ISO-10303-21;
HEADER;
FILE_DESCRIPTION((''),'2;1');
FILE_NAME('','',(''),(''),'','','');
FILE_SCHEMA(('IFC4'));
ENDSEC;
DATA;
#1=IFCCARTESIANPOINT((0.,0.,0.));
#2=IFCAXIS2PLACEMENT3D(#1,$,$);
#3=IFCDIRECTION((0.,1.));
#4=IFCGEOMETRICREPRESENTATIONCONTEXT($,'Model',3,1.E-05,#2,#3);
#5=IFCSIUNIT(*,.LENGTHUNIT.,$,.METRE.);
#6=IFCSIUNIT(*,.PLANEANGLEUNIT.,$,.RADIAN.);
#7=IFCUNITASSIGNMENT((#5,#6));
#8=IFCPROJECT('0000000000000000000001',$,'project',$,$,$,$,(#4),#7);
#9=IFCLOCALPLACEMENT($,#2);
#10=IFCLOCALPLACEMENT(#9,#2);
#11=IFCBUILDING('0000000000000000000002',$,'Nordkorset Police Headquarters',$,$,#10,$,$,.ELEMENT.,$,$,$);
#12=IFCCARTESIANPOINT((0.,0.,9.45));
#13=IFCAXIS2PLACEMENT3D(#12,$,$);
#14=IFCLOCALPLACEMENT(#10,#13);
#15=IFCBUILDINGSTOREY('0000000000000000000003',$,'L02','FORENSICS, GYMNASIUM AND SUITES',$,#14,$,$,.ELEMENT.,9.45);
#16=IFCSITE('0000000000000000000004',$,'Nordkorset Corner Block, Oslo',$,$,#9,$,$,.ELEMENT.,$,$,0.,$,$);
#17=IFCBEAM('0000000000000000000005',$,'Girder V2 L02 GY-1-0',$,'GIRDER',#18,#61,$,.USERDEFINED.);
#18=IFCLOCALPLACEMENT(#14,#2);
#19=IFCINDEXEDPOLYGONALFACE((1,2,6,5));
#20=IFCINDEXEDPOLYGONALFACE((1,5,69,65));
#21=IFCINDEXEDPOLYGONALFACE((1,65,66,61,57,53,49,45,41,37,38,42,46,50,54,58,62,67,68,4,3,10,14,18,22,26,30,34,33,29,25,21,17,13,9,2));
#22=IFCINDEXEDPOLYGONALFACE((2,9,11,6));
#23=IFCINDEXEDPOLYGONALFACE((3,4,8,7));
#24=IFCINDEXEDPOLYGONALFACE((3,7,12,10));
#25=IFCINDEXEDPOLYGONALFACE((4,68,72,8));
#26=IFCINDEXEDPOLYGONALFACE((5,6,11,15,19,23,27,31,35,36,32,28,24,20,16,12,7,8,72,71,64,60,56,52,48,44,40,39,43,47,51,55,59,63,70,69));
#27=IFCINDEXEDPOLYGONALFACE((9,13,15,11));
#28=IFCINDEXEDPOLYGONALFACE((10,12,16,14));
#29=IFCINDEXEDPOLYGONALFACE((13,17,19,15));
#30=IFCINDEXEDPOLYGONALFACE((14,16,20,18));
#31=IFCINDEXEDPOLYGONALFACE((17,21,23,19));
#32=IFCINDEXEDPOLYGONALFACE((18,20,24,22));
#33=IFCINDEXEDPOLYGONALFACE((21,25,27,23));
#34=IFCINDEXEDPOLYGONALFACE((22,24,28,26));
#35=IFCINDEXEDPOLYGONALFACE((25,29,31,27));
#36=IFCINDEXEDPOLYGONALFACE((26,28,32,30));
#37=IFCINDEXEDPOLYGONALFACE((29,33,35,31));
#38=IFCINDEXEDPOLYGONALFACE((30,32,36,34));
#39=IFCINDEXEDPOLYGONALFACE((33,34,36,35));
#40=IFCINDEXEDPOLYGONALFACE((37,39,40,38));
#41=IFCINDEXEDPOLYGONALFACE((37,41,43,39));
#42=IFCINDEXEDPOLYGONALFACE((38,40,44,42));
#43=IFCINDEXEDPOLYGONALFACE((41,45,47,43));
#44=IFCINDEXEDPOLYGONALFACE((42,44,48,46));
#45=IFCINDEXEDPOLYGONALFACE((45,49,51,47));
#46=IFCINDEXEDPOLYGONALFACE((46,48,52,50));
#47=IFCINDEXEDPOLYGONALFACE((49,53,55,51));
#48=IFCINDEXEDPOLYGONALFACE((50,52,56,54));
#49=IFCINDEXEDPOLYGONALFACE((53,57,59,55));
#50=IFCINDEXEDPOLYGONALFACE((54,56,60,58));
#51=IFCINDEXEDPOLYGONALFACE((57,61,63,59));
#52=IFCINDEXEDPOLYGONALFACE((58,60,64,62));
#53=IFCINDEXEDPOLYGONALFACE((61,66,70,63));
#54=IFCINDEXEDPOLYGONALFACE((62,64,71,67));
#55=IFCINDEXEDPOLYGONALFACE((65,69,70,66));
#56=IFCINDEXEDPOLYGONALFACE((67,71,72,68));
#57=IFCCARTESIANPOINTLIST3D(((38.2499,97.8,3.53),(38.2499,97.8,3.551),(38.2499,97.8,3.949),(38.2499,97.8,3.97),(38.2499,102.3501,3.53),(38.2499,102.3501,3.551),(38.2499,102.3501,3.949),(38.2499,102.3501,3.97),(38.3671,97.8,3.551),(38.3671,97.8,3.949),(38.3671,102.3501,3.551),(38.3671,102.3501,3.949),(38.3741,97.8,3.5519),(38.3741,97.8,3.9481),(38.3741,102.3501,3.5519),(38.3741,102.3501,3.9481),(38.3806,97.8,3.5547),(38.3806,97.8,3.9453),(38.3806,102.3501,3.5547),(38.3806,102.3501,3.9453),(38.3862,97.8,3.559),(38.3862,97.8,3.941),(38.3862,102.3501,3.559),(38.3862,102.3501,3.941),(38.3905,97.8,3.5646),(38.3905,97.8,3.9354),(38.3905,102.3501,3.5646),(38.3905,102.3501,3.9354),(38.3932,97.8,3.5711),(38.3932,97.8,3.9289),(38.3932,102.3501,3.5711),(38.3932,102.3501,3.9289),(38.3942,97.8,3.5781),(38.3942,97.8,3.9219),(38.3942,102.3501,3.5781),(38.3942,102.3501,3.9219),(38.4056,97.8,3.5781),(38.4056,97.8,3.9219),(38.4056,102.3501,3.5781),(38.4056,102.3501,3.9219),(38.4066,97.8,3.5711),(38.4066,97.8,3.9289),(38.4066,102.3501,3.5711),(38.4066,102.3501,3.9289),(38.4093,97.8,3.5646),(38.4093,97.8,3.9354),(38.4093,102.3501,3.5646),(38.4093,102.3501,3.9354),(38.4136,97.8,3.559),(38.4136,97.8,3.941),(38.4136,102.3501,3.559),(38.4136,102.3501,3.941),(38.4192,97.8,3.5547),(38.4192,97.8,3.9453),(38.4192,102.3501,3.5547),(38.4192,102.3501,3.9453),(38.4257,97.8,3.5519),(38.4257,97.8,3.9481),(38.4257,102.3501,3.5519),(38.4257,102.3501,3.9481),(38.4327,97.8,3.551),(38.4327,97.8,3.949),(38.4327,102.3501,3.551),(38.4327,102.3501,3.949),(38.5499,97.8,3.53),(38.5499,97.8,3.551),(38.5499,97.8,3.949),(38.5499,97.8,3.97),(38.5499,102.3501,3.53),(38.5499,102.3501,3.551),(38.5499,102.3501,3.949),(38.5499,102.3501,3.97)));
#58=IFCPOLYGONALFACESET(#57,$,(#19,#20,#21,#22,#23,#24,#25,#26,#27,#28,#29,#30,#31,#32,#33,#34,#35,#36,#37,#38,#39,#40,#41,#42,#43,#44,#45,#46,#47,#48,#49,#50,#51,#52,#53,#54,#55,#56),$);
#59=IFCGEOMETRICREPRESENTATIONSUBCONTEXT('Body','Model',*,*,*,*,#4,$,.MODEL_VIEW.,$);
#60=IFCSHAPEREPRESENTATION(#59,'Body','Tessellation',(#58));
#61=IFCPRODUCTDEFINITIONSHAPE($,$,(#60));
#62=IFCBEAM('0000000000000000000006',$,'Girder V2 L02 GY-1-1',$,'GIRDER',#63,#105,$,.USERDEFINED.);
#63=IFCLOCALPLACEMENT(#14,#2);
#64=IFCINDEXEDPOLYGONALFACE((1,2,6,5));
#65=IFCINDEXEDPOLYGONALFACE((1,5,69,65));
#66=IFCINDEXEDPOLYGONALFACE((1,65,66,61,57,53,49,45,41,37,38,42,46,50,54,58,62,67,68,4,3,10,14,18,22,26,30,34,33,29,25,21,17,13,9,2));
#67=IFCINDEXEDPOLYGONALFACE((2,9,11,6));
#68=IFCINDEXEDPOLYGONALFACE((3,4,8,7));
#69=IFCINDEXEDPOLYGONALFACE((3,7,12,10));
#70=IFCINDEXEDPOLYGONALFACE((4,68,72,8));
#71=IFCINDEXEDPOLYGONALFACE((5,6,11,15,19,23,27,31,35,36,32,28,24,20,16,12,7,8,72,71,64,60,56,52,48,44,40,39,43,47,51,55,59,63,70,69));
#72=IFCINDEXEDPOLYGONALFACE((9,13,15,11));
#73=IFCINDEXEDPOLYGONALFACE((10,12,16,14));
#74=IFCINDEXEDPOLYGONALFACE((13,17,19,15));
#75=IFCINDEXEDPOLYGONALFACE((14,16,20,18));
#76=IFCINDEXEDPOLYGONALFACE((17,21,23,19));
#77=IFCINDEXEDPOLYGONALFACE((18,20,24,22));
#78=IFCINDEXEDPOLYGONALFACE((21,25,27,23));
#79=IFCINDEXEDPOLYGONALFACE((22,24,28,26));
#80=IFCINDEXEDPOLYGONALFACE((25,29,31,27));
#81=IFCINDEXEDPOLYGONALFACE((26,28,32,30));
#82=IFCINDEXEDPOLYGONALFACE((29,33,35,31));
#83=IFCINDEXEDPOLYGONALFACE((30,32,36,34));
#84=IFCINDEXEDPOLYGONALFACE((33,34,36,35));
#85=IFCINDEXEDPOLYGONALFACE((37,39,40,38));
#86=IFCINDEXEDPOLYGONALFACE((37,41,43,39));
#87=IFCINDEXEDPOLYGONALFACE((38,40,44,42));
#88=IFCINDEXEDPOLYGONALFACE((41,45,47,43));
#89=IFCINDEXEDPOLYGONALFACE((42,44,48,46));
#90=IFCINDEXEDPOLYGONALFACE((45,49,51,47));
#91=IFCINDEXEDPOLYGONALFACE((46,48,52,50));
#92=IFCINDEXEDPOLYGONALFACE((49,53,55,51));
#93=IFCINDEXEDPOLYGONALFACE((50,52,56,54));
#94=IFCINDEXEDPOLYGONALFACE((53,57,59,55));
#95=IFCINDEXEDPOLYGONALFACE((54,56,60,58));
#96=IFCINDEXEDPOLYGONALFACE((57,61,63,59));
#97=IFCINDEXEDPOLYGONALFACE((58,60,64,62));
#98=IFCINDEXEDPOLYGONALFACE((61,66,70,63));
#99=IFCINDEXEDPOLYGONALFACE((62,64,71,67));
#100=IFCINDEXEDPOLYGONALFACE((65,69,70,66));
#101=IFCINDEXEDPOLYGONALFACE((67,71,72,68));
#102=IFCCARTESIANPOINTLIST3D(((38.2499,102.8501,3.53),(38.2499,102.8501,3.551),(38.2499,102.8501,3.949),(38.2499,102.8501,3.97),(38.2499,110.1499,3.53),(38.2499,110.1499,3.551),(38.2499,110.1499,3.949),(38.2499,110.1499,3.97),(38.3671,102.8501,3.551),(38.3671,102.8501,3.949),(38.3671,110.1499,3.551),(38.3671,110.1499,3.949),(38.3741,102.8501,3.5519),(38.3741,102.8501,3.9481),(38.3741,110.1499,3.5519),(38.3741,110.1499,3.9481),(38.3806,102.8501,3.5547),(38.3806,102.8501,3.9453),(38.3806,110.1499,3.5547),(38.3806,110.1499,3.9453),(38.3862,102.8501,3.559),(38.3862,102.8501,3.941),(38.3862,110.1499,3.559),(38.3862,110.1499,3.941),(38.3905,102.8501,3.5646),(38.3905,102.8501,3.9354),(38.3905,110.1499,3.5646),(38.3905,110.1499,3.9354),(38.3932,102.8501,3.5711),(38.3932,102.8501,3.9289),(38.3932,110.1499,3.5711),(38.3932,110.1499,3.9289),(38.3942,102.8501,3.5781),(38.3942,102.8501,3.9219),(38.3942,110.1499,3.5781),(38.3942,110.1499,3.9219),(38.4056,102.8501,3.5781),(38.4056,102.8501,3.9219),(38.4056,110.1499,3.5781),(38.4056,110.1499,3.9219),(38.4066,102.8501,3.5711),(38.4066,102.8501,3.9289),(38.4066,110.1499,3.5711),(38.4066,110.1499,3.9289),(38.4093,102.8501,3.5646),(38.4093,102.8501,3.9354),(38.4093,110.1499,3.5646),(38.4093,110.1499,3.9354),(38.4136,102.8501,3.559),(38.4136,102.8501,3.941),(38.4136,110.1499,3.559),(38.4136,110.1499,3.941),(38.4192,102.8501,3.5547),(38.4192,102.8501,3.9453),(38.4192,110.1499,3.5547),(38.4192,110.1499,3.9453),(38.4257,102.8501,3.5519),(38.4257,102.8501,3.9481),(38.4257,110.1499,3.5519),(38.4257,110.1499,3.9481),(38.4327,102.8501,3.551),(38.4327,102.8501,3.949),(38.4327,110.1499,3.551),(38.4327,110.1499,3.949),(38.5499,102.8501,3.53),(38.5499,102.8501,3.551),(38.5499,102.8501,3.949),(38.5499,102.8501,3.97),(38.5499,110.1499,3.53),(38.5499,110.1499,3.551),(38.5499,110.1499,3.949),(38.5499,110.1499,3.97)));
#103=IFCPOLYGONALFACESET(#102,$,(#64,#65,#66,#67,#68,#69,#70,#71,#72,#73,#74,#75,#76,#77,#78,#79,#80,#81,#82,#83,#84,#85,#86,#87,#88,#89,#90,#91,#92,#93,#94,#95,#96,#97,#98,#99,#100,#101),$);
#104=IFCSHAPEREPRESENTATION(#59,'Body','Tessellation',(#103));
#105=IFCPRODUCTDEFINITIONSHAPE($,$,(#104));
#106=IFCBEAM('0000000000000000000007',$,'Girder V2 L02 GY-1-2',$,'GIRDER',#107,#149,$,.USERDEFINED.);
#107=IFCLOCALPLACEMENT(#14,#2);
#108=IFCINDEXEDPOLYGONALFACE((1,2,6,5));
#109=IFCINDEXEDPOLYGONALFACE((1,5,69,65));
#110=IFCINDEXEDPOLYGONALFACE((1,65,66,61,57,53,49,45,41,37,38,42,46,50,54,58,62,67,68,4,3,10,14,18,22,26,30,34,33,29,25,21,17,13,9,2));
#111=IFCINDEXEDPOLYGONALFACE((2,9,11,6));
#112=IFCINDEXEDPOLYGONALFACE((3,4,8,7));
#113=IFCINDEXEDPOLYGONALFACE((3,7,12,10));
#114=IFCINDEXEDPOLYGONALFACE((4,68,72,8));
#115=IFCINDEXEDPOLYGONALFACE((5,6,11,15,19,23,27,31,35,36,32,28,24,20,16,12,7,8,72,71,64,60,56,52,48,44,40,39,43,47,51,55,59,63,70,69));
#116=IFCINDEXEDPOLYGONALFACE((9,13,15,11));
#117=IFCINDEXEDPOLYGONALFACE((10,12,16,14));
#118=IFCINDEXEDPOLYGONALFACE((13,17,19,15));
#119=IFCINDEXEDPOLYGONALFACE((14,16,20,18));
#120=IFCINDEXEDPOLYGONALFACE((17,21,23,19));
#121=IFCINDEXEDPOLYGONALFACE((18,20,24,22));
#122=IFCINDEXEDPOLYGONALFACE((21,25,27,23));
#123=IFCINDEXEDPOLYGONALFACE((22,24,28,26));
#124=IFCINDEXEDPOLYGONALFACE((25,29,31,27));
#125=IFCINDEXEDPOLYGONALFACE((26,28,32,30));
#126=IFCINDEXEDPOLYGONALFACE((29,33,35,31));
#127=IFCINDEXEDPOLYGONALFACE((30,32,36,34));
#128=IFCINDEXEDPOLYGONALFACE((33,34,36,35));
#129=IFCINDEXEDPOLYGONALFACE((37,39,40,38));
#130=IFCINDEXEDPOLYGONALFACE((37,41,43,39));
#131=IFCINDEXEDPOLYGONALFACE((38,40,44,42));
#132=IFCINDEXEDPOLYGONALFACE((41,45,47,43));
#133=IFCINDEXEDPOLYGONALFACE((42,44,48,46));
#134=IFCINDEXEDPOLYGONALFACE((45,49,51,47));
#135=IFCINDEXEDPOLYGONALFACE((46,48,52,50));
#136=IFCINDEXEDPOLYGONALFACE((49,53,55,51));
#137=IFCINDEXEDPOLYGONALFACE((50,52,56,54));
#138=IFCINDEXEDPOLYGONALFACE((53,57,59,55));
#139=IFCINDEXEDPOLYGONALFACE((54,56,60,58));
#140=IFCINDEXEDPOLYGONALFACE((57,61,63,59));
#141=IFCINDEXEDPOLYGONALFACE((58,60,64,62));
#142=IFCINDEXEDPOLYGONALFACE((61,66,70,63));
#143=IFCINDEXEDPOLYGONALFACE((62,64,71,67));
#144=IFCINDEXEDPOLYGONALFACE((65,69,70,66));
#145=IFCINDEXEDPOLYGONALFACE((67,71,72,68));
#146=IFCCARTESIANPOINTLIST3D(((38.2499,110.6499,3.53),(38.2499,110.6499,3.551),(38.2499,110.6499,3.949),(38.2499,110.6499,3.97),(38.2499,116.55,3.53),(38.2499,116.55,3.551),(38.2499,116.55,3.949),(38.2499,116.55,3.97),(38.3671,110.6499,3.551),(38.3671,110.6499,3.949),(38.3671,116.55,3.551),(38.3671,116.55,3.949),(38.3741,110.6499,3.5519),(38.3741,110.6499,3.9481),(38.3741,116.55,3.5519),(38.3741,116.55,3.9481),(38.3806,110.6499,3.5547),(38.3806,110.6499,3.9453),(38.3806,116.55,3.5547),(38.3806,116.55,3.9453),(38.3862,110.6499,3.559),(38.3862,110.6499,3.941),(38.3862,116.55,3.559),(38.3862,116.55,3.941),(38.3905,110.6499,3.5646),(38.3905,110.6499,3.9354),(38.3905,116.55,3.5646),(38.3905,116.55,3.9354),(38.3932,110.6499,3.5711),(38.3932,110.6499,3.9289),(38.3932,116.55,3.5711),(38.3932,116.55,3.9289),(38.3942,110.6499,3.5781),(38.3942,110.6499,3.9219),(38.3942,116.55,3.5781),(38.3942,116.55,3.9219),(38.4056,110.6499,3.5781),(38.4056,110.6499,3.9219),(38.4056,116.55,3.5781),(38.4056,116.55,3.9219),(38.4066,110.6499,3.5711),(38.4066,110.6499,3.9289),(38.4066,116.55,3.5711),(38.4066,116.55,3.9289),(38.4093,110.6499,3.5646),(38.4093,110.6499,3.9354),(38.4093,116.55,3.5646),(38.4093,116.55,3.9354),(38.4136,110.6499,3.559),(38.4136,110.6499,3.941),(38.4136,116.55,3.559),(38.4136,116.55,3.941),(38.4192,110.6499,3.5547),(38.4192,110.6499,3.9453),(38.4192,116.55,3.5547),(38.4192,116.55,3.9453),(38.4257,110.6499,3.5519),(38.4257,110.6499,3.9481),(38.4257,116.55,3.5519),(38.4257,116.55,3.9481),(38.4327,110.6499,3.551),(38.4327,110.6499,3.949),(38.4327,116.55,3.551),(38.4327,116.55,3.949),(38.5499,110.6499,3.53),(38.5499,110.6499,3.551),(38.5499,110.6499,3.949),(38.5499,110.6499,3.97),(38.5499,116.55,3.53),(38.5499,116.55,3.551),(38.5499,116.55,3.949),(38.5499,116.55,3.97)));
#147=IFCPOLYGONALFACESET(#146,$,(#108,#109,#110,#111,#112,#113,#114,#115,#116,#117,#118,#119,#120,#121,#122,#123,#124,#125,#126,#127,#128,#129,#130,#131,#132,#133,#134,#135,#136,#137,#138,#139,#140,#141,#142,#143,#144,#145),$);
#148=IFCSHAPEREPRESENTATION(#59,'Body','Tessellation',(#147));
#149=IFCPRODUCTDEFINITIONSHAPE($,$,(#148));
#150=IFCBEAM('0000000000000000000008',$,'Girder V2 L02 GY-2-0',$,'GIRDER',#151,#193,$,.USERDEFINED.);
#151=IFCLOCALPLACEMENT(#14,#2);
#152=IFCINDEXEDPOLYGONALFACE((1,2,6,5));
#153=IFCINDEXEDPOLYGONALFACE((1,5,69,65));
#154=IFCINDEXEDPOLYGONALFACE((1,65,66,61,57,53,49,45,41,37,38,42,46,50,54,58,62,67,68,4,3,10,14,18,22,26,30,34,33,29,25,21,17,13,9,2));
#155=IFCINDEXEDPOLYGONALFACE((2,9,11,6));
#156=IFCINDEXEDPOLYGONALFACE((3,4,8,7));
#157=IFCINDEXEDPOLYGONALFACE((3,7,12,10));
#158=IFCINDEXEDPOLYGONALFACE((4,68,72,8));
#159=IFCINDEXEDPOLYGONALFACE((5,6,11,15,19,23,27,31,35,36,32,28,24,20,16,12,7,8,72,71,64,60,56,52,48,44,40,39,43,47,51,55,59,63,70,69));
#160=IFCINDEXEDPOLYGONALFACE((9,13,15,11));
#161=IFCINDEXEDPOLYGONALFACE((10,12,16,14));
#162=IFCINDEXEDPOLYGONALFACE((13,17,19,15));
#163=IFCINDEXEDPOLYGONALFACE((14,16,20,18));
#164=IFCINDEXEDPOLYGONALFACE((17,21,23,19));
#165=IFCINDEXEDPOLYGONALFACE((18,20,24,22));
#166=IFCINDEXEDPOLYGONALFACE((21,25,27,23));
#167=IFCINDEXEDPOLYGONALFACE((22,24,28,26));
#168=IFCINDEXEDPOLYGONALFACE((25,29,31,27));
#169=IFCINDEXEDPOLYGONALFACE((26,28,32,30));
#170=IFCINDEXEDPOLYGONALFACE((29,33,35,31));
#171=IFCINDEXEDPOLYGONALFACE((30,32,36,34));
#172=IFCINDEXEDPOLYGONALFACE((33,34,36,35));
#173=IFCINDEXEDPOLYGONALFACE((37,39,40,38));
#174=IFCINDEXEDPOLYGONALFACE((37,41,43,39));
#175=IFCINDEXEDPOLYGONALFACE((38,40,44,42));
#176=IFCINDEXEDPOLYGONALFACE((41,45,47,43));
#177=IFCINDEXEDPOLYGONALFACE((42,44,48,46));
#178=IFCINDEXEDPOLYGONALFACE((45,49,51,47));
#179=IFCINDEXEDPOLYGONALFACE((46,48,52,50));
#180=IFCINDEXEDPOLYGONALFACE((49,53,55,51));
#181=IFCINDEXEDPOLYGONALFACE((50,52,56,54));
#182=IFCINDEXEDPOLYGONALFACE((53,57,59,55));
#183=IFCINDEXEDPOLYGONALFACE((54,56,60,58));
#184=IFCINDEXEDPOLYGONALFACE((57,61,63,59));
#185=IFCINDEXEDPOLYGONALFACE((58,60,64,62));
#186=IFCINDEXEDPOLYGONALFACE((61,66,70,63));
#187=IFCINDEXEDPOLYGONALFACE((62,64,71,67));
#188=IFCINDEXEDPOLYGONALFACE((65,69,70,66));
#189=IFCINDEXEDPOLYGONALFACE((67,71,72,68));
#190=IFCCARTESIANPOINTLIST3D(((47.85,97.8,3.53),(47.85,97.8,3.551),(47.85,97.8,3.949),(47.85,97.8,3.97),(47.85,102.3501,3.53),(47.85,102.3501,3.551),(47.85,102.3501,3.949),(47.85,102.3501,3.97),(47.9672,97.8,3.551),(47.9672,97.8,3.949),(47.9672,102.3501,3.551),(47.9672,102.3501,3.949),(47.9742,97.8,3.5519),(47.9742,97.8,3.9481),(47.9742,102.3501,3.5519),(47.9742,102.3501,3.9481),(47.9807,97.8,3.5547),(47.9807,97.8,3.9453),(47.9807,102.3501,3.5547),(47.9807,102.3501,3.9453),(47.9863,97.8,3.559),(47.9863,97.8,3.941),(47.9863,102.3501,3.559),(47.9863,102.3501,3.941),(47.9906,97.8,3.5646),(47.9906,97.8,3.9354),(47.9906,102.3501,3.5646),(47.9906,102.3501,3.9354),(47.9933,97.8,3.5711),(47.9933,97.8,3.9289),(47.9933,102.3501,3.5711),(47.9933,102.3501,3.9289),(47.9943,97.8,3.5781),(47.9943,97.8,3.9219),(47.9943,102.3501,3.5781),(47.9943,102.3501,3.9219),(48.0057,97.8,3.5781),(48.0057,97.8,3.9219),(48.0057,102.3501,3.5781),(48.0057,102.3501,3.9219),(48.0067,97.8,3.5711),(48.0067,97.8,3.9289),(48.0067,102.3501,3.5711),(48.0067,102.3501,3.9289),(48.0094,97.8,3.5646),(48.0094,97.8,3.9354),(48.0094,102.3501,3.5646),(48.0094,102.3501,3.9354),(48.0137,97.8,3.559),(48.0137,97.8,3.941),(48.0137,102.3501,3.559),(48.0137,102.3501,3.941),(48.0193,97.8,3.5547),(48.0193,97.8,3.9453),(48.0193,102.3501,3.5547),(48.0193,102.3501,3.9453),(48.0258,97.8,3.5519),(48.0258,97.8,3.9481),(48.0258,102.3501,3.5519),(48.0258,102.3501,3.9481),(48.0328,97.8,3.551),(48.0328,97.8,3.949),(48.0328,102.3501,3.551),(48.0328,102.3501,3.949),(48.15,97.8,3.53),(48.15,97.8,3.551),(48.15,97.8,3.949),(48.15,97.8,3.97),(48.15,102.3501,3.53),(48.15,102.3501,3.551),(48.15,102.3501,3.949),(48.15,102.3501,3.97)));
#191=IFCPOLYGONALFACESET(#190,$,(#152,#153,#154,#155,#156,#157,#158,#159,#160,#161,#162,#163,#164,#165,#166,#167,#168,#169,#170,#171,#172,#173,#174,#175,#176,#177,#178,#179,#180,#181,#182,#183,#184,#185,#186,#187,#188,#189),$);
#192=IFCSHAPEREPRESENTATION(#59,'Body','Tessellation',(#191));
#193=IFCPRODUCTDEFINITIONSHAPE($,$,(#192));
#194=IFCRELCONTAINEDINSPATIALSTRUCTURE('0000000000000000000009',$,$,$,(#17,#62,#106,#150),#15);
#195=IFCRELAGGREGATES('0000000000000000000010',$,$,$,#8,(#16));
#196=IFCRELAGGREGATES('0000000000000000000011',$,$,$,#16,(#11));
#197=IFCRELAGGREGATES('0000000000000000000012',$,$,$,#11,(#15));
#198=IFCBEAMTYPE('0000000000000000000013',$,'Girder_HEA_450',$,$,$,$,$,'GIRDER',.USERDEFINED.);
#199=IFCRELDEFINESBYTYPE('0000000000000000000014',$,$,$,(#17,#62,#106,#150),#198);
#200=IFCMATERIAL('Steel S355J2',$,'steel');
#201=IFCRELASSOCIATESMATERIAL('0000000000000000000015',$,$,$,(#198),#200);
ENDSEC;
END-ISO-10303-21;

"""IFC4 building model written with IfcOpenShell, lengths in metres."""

from ifc_helpers import new_model, si_unit, direction, frame, origin, origin_2d, place, context, subcontext, project, spatial, i_section, extrude, material, material_profile, profile_set, type_object, element, save


model = new_model("IFC4")

# Units and contexts
model_context = context("Model", 3, precision=1e-05, world=origin(), true_north=direction((0.0, 1.0)))
body_context = subcontext(model_context, "Body", "Model", "MODEL_VIEW")
ifc_project = project(units=[si_unit("LENGTHUNIT", "METRE"), si_unit("PLANEANGLEUNIT", "RADIAN")], contexts=[model_context])

# Site, building, storey
site_placement = place(None, origin())
site = spatial("IfcSite", under=ifc_project, at=site_placement, Name="Nordkorset Corner Block, Oslo", CompositionType="ELEMENT", RefElevation=0.0)
building_placement = place(site_placement, origin())
building = spatial("IfcBuilding", under=site, at=building_placement, Name="Nordkorset Police Headquarters", CompositionType="ELEMENT")
storey_placement = place(building_placement, frame((0.0, 0.0, 9.45)))
storey = spatial("IfcBuildingStorey", under=building, at=storey_placement, Name="L02", Description="FORENSICS, GYMNASIUM AND SUITES", CompositionType="ELEMENT", Elevation=9.45)

# Beams
ifc_material_1 = material(Name="Steel S355J2", Category="steel")
ifc_material_profile_1 = material_profile(ifc_material_1, i_section(OverallWidth=0.3, OverallDepth=0.4399, WebThickness=0.0115, FlangeThickness=0.021, FilletRadius=0.0271, at=origin_2d()), Name="HEA 450")
ifc_profile_set_1 = profile_set([ifc_material_profile_1], Name="Steel S355J2")
beam_type_1 = type_object("IfcBeamType", Name="Girder_HEA_450", ElementType="GIRDER", PredefinedType="USERDEFINED", material=ifc_profile_set_1)
beam_1_placement = place(storey_placement, frame((38.3999, 97.8, 3.75), z_axis=(0.0, 1.0, 0.0), x_axis=(-1.0, 0.0, 0.0)))
element("IfcBeam", 1, at=beam_1_placement, inside=storey, type_object=beam_type_1, Name="Girder V2 L02 GY-1-0", ObjectType="GIRDER", PredefinedType="USERDEFINED", context=body_context, shape_type="SweptSolid", body=[
    extrude(i_section(OverallWidth=0.3, OverallDepth=0.4399, WebThickness=0.0115, FlangeThickness=0.021, FilletRadius=0.0271, at=origin_2d()), origin(), (0.0, 0.0, 1.0), 4.55),
])
beam_2_placement = place(storey_placement, frame((38.3999, 102.8501, 3.75), z_axis=(0.0, 1.0, 0.0), x_axis=(-1.0, 0.0, 0.0)))
element("IfcBeam", 2, at=beam_2_placement, inside=storey, type_object=beam_type_1, Name="Girder V2 L02 GY-1-1", ObjectType="GIRDER", PredefinedType="USERDEFINED", context=body_context, shape_type="SweptSolid", body=[
    extrude(i_section(OverallWidth=0.3, OverallDepth=0.4399, WebThickness=0.0115, FlangeThickness=0.021, FilletRadius=0.0271, at=origin_2d()), origin(), (0.0, 0.0, 1.0), 7.2998),
])
beam_3_placement = place(storey_placement, frame((38.3999, 110.6499, 3.75), z_axis=(0.0, 1.0, 0.0), x_axis=(-1.0, 0.0, 0.0)))
element("IfcBeam", 3, at=beam_3_placement, inside=storey, type_object=beam_type_1, Name="Girder V2 L02 GY-1-2", ObjectType="GIRDER", PredefinedType="USERDEFINED", context=body_context, shape_type="SweptSolid", body=[
    extrude(i_section(OverallWidth=0.3, OverallDepth=0.4399, WebThickness=0.0115, FlangeThickness=0.021, FilletRadius=0.0271, at=origin_2d()), origin(), (0.0, 0.0, 1.0), 5.9001),
])
beam_4_placement = place(storey_placement, frame((48.0, 97.8, 3.75), z_axis=(0.0, 1.0, 0.0), x_axis=(-1.0, 0.0, 0.0)))
element("IfcBeam", 4, at=beam_4_placement, inside=storey, type_object=beam_type_1, Name="Girder V2 L02 GY-2-0", ObjectType="GIRDER", PredefinedType="USERDEFINED", context=body_context, shape_type="SweptSolid", body=[
    extrude(i_section(OverallWidth=0.3, OverallDepth=0.4399, WebThickness=0.0115, FlangeThickness=0.021, FilletRadius=0.0271, at=origin_2d()), origin(), (0.0, 0.0, 1.0), 4.55),
])

save(model, "model.ifc")
